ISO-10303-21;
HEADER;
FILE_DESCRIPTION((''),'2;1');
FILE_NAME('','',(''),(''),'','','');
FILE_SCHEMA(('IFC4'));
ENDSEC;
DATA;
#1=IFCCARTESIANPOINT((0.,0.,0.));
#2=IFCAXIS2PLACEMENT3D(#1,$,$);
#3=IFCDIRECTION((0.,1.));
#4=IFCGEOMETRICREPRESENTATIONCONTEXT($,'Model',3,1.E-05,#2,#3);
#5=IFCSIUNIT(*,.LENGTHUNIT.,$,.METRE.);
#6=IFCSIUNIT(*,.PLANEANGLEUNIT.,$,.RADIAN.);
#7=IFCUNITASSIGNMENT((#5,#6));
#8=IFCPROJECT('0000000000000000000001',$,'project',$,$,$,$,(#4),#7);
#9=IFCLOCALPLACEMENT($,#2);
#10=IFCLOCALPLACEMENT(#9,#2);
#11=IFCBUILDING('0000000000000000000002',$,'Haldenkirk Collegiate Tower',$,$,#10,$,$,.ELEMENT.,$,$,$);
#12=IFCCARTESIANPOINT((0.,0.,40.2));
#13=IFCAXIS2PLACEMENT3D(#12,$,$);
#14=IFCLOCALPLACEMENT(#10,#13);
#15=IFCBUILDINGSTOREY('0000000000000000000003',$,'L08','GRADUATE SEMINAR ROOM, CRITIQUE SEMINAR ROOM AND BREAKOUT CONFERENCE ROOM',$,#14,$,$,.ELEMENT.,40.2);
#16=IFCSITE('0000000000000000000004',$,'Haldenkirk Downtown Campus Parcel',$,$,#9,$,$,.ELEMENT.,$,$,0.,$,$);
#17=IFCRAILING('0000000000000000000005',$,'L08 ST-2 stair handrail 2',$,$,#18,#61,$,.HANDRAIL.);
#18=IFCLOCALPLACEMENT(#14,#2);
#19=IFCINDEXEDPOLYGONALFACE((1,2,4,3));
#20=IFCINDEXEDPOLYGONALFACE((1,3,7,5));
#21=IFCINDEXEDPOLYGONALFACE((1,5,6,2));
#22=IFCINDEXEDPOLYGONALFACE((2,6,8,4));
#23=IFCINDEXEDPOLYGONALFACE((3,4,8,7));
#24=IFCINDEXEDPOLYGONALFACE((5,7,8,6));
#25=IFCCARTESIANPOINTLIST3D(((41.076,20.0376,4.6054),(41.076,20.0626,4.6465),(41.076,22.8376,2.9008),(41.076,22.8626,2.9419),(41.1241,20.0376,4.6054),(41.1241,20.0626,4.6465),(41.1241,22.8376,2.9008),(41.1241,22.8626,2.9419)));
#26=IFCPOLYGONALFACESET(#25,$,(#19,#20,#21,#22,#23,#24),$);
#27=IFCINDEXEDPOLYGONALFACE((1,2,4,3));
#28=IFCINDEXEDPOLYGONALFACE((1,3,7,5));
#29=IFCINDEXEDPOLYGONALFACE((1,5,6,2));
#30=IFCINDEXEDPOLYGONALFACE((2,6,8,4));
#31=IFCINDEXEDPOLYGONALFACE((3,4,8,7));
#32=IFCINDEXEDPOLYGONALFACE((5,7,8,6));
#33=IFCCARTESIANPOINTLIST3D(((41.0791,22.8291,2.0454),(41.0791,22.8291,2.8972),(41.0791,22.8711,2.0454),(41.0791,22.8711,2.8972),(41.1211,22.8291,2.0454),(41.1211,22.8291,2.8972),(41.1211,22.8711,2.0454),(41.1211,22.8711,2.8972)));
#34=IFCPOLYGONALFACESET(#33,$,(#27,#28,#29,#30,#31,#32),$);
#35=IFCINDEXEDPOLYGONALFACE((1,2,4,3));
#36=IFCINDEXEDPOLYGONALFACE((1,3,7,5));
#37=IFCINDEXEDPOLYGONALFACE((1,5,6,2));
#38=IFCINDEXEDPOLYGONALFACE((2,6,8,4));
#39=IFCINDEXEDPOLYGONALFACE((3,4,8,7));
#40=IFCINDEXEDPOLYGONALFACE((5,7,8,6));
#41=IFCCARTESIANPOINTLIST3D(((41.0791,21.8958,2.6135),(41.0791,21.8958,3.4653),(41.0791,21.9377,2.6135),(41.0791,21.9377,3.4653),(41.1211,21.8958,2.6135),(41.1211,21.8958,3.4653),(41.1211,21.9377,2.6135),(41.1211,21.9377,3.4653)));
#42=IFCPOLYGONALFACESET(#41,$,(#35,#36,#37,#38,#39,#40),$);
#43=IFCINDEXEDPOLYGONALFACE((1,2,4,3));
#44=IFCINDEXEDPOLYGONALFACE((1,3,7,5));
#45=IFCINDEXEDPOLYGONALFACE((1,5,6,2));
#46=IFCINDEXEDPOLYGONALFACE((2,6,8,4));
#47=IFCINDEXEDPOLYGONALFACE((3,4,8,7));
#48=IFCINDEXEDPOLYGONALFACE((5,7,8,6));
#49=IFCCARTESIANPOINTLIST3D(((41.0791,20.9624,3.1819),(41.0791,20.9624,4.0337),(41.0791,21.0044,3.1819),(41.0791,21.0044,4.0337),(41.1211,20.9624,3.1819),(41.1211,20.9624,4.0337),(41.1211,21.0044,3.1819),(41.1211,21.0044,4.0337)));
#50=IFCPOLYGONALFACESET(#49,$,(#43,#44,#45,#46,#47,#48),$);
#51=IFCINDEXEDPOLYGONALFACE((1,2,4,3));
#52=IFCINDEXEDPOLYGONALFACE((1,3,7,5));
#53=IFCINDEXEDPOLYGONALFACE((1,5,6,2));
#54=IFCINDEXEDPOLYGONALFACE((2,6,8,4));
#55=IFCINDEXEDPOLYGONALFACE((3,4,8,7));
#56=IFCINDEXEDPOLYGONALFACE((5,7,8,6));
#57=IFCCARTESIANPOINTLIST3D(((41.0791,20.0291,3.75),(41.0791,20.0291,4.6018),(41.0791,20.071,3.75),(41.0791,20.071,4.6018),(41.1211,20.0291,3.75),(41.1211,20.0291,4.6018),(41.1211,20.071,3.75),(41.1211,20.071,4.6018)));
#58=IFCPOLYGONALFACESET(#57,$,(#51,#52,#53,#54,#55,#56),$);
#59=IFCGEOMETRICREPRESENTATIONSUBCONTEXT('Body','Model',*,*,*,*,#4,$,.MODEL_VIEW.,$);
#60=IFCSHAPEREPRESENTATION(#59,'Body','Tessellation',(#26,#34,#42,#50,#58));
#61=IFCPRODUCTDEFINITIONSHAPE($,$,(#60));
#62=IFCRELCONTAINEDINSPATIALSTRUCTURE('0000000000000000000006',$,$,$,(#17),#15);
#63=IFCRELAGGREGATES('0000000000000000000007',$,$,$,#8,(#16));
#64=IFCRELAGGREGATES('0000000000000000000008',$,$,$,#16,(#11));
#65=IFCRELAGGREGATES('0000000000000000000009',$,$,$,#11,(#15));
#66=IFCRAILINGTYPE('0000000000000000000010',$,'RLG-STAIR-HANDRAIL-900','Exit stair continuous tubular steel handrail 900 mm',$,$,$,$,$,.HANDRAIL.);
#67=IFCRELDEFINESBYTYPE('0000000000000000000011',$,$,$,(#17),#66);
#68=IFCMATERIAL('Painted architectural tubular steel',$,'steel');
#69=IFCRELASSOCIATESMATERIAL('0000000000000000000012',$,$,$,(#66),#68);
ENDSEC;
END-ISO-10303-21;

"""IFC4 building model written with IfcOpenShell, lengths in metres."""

from ifc_helpers import new_model, si_unit, direction, frame, origin, origin_2d, place, context, subcontext, project, spatial, rectangle, extrude, material, type_object, element, save


model = new_model("IFC4")

# Units and contexts
model_context = context("Model", 3, precision=1e-05, world=origin(), true_north=direction((0.0, 1.0)))
body_context = subcontext(model_context, "Body", "Model", "MODEL_VIEW")
ifc_project = project(units=[si_unit("LENGTHUNIT", "METRE"), si_unit("PLANEANGLEUNIT", "RADIAN")], contexts=[model_context])

# Site, building, storey
site_placement = place(None, origin())
site = spatial("IfcSite", under=ifc_project, at=site_placement, Name="Haldenkirk Downtown Campus Parcel", CompositionType="ELEMENT", RefElevation=0.0)
building_placement = place(site_placement, origin())
building = spatial("IfcBuilding", under=site, at=building_placement, Name="Haldenkirk Collegiate Tower", CompositionType="ELEMENT")
storey_placement = place(building_placement, frame((0.0, 0.0, 40.2)))
storey = spatial("IfcBuildingStorey", under=building, at=storey_placement, Name="L08", Description="GRADUATE SEMINAR ROOM, CRITIQUE SEMINAR ROOM AND BREAKOUT CONFERENCE ROOM", CompositionType="ELEMENT", Elevation=40.2)

# Railing
ifc_material_1 = material(Name="Painted architectural tubular steel", Category="steel")
railing_type_1 = type_object("IfcRailingType", Name="RLG-STAIR-HANDRAIL-900", Description="Exit stair continuous tubular steel handrail 900 mm", PredefinedType="HANDRAIL", material=ifc_material_1)
railing_1_placement = place(storey_placement, frame((41.1001, 22.8501, 2.0454)))
element("IfcRailing", 1, at=railing_1_placement, inside=storey, type_object=railing_type_1, Name="L08 ST-2 stair handrail 2", PredefinedType="HANDRAIL", context=body_context, shape_type="SweptSolid", body=[
    extrude(rectangle(XDim=0.0481, YDim=0.0481, at=origin_2d()), frame((0.0, 0.0, 0.876), z_axis=(0.0, -0.85417, 0.519994), x_axis=(1.0, 0.0, 0.0)), (0.0, 0.0, 1.0), 3.2781),
    extrude(rectangle(XDim=0.042, YDim=0.042, at=origin_2d()), origin(), (0.0, 0.0, 1.0), 0.8518),
    extrude(rectangle(XDim=0.042, YDim=0.042, at=origin_2d()), frame((0.0, -0.9333, 0.5681)), (0.0, 0.0, 1.0), 0.8518),
    extrude(rectangle(XDim=0.042, YDim=0.042, at=origin_2d()), frame((0.0, -1.8667, 1.1365)), (0.0, 0.0, 1.0), 0.8518),
    extrude(rectangle(XDim=0.042, YDim=0.042, at=origin_2d()), frame((0.0, -2.8, 1.7046)), (0.0, 0.0, 1.0), 0.8518),
])

save(model, "model.ifc")
